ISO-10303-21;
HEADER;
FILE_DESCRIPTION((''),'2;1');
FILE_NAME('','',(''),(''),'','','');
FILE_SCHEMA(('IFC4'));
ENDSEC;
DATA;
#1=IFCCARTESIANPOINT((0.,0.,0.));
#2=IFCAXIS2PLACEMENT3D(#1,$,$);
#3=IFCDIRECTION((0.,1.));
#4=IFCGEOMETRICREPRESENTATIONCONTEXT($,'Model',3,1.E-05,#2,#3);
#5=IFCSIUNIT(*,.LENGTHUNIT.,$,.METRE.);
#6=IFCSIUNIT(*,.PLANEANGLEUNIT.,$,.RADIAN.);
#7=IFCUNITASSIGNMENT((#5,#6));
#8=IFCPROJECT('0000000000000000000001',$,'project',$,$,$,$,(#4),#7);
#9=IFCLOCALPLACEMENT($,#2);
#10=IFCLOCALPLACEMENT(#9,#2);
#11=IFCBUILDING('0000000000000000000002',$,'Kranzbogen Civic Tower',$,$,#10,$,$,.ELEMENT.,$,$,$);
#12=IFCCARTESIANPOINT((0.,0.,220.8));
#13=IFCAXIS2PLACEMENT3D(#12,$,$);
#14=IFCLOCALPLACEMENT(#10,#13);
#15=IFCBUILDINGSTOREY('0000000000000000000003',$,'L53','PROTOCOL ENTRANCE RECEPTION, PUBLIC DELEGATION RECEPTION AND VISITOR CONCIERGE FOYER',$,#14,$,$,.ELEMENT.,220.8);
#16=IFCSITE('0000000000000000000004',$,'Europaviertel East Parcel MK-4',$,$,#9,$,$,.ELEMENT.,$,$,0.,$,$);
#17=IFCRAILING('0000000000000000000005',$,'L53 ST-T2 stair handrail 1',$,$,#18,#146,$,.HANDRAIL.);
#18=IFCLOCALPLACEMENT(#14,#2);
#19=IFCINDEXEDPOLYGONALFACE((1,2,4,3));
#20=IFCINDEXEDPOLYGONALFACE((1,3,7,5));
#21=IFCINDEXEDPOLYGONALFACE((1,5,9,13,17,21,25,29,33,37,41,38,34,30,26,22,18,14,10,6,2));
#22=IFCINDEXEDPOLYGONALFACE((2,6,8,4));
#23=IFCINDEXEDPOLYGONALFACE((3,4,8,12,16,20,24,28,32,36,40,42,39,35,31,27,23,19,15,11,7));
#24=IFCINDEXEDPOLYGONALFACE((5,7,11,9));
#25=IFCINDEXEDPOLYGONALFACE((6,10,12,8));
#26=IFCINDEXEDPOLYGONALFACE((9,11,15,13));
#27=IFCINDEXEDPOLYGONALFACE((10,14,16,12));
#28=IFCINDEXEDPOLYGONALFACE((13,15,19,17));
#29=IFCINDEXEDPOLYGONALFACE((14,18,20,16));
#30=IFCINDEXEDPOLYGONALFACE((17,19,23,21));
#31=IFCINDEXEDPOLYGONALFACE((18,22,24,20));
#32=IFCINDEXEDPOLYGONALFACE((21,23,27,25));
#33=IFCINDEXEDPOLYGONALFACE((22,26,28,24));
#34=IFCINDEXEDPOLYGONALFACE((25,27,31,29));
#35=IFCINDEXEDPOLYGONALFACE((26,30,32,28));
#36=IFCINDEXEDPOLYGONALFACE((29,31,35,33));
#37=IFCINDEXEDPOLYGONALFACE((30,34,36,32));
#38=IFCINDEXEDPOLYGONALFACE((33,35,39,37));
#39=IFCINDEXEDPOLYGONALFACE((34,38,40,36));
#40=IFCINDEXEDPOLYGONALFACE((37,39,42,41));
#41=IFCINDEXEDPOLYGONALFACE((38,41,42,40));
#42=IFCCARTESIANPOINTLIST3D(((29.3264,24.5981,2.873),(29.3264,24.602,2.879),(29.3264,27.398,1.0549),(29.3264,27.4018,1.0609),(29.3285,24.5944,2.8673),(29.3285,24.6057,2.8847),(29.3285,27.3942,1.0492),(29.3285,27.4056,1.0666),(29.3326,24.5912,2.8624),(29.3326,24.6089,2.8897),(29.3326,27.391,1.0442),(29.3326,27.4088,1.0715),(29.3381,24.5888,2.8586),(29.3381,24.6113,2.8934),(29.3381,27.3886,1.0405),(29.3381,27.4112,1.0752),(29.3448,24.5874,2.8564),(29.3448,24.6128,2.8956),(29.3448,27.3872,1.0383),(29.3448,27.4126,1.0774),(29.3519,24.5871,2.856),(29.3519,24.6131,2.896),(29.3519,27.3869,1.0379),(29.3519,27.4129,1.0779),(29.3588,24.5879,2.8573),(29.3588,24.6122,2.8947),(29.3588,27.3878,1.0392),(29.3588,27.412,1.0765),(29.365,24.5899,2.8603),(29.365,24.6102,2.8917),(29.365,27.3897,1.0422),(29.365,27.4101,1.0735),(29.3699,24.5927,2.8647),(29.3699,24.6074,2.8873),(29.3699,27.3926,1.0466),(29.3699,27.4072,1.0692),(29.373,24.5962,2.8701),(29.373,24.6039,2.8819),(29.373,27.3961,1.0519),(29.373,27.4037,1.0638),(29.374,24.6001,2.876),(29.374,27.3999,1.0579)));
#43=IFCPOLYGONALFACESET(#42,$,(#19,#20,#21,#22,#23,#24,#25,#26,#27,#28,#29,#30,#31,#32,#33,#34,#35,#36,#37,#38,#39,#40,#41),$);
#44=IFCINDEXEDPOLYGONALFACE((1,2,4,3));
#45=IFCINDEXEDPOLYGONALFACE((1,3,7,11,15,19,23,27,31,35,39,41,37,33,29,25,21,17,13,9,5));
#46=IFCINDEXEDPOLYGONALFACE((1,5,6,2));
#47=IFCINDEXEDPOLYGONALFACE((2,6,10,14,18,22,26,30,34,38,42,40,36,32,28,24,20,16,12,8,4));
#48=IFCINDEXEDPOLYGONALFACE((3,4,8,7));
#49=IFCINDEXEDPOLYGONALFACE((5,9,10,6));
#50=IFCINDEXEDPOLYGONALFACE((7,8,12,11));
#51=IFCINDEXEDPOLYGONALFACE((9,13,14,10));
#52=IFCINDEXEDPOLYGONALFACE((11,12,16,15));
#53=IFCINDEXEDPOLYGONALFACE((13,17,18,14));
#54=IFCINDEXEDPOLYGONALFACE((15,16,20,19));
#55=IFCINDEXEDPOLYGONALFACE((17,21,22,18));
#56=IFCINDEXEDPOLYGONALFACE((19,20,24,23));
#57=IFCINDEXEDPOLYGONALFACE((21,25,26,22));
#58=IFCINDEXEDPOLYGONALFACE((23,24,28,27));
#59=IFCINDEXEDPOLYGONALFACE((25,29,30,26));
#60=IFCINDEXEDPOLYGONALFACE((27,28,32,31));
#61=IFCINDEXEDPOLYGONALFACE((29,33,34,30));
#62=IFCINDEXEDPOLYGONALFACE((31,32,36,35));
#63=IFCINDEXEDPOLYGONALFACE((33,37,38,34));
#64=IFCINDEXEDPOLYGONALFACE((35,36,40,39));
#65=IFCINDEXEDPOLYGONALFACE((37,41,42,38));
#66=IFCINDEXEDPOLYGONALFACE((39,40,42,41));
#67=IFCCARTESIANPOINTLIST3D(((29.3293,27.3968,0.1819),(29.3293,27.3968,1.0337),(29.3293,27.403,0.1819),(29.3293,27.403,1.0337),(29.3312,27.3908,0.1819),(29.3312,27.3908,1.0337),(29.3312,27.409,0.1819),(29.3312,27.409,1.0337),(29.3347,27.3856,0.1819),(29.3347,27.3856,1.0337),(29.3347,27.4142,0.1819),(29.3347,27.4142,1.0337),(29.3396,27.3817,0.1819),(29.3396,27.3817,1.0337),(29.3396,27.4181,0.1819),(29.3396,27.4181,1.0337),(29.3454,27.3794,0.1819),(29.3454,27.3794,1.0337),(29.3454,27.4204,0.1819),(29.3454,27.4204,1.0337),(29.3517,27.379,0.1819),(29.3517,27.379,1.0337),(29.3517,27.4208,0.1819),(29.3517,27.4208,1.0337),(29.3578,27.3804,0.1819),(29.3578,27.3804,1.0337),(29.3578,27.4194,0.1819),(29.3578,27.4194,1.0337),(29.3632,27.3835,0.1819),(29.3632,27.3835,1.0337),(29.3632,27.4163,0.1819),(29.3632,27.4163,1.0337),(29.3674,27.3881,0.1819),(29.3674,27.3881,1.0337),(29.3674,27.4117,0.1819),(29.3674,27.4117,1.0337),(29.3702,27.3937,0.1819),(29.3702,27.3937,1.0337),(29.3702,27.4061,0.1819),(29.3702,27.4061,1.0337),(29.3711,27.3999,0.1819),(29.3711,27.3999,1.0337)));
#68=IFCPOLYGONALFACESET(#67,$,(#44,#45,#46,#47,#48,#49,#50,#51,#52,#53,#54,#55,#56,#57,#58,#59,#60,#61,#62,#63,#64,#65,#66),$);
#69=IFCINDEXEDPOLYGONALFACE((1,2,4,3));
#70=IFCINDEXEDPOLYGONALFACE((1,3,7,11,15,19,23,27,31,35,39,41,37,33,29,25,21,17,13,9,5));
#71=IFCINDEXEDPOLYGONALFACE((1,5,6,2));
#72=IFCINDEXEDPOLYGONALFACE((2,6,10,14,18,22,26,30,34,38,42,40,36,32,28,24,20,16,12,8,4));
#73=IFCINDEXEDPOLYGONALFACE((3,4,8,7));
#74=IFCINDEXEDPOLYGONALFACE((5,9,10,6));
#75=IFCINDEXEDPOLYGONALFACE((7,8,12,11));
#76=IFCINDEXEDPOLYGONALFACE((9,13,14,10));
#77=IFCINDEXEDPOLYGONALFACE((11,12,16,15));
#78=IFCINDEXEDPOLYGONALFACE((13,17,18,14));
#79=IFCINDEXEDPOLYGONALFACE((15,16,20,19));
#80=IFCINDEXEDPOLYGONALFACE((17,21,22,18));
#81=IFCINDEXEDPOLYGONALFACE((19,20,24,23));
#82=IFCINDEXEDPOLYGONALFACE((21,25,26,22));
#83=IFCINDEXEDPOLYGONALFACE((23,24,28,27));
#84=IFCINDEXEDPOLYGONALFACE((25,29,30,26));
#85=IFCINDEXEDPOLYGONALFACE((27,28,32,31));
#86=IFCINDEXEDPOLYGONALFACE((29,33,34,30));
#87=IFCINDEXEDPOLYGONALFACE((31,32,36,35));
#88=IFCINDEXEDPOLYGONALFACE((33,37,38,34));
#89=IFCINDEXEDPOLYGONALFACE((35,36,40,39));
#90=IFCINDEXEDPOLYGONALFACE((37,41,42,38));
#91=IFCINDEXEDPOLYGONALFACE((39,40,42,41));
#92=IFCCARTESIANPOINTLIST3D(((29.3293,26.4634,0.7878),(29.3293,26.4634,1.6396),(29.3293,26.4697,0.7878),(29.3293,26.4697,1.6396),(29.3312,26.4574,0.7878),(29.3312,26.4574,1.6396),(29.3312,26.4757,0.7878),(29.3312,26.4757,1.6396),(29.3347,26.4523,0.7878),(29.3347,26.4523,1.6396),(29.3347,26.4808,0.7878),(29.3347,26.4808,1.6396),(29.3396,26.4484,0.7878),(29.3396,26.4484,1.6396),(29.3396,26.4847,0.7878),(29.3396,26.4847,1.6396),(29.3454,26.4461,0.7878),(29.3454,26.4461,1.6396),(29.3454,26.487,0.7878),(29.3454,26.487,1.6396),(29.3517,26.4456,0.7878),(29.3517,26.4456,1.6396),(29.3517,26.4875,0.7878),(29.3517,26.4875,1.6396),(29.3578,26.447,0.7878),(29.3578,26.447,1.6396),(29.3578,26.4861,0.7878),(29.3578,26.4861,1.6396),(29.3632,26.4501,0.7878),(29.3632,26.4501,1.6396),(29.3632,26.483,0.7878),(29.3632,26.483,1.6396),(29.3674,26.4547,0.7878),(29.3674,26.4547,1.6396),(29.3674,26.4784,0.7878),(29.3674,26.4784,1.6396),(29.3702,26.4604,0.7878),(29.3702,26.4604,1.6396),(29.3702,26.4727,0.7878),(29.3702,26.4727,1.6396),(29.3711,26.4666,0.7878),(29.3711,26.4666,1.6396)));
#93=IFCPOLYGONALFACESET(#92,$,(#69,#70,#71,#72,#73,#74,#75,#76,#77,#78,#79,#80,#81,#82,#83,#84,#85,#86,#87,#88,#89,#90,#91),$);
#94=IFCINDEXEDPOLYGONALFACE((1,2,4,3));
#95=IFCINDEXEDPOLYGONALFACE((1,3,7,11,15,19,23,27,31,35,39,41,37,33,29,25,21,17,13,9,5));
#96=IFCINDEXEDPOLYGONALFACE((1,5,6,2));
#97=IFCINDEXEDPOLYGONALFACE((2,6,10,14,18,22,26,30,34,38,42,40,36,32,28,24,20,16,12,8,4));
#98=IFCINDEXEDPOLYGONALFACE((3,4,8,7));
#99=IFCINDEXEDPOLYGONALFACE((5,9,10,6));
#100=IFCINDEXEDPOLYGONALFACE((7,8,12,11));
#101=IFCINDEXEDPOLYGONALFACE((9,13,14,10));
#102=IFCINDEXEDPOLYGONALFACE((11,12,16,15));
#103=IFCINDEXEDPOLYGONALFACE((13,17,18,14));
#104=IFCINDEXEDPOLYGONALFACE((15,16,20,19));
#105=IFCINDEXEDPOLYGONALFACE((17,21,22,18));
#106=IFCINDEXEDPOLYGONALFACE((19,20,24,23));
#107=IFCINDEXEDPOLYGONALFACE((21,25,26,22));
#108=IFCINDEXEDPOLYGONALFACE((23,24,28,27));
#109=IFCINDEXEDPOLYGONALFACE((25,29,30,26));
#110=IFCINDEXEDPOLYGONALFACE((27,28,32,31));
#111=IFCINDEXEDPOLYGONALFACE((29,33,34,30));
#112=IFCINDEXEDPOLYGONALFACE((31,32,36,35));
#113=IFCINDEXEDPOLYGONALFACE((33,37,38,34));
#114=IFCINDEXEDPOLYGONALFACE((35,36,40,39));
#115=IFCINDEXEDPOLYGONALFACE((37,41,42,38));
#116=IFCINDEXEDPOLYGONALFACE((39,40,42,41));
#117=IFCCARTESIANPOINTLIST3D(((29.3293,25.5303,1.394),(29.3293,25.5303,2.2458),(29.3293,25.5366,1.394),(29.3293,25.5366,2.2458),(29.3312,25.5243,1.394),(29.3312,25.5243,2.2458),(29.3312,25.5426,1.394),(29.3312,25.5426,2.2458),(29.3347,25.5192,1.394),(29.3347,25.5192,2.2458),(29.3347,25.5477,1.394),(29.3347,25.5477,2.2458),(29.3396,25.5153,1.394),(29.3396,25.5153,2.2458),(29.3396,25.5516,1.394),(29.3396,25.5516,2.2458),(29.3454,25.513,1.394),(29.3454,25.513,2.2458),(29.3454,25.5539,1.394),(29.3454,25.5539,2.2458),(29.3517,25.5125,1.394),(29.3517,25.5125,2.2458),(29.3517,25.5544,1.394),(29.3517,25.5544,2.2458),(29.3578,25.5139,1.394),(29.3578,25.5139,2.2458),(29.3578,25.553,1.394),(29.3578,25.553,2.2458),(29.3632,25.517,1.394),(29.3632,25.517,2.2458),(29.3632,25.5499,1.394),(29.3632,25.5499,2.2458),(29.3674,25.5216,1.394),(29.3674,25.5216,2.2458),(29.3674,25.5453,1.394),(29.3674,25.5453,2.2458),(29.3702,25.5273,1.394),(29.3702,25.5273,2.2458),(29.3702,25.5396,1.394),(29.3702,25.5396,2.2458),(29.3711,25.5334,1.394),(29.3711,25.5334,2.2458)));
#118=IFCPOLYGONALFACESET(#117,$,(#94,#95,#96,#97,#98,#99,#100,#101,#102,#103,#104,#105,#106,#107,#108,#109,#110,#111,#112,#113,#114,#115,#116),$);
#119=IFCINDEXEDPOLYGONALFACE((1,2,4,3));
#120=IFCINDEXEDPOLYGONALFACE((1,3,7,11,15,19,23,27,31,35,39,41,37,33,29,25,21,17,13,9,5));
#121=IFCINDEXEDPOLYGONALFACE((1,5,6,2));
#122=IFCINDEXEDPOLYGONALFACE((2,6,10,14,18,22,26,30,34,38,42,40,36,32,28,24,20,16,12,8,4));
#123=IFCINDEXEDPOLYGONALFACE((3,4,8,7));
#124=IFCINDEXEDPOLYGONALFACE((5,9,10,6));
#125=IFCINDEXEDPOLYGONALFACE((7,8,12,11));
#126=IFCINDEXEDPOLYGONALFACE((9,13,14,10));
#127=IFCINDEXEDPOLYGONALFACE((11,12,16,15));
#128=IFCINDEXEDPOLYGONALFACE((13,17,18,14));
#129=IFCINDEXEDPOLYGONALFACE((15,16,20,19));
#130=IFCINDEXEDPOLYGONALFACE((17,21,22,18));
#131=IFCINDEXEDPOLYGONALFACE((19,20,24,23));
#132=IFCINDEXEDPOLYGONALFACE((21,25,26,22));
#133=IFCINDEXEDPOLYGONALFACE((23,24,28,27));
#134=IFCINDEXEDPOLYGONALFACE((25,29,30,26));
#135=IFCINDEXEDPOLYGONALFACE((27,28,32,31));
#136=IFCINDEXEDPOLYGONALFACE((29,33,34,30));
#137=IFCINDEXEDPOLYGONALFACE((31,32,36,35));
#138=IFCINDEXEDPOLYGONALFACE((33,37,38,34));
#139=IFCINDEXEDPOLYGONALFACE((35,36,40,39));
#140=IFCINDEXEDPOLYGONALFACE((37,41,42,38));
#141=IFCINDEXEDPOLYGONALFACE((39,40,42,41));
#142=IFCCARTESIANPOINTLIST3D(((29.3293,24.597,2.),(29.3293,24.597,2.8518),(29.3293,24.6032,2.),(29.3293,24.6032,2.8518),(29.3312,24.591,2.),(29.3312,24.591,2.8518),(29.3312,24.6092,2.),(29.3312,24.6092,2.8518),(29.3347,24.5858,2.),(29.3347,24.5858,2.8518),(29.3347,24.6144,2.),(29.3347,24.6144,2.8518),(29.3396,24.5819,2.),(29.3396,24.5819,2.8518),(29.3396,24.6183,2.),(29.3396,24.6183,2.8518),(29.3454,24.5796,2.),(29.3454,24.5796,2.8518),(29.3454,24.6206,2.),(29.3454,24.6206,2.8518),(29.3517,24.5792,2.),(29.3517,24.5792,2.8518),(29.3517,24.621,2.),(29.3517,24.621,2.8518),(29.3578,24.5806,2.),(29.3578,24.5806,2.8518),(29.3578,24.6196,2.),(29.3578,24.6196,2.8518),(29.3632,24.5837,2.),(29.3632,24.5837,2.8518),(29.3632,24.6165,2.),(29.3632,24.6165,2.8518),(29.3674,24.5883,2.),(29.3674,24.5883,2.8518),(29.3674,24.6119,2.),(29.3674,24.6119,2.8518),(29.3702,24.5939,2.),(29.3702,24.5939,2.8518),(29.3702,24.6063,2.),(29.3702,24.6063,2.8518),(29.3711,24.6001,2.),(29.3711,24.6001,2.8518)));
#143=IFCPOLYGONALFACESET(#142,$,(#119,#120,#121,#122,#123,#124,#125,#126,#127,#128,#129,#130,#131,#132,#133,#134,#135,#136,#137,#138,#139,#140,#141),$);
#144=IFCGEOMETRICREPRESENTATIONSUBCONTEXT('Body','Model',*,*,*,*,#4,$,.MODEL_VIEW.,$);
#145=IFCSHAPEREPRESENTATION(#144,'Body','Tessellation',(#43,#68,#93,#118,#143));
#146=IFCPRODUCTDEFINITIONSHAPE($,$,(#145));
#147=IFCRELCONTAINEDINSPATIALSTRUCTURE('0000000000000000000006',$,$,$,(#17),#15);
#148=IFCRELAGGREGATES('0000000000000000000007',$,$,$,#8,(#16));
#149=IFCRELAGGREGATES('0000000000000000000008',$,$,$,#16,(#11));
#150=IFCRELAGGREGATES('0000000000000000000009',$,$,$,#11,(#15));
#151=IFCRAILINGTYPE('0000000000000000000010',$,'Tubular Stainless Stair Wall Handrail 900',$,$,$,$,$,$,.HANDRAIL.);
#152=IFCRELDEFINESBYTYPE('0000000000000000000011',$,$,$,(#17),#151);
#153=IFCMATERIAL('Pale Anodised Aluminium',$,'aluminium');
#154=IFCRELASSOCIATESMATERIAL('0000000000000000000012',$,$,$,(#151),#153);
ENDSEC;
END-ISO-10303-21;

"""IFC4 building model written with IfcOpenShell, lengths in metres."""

from ifc_helpers import new_model, si_unit, direction, frame, origin, origin_2d, place, context, subcontext, project, spatial, circle, extrude, material, type_object, element, save


model = new_model("IFC4")

# Units and contexts
model_context = context("Model", 3, precision=1e-05, world=origin(), true_north=direction((0.0, 1.0)))
body_context = subcontext(model_context, "Body", "Model", "MODEL_VIEW")
ifc_project = project(units=[si_unit("LENGTHUNIT", "METRE"), si_unit("PLANEANGLEUNIT", "RADIAN")], contexts=[model_context])

# Site, building, storey
site_placement = place(None, origin())
site = spatial("IfcSite", under=ifc_project, at=site_placement, Name="Europaviertel East Parcel MK-4", CompositionType="ELEMENT", RefElevation=0.0)
building_placement = place(site_placement, origin())
building = spatial("IfcBuilding", under=site, at=building_placement, Name="Kranzbogen Civic Tower", CompositionType="ELEMENT")
storey_placement = place(building_placement, frame((0.0, 0.0, 220.8)))
storey = spatial("IfcBuildingStorey", under=building, at=storey_placement, Name="L53", Description="PROTOCOL ENTRANCE RECEPTION, PUBLIC DELEGATION RECEPTION AND VISITOR CONCIERGE FOYER", CompositionType="ELEMENT", Elevation=220.8)

# Shared definitions
ifc_material_1 = material(Name="Pale Anodised Aluminium", Category="aluminium")

# Railing
railing_type_1 = type_object("IfcRailingType", Name="Tubular Stainless Stair Wall Handrail 900", PredefinedType="HANDRAIL", material=ifc_material_1)
railing_1_placement = place(storey_placement, frame((29.3501, 27.3999, 0.1819)))
element("IfcRailing", 1, at=railing_1_placement, inside=storey, type_object=railing_type_1, Name="L53 ST-T2 stair handrail 1", PredefinedType="HANDRAIL", context=body_context, shape_type="SweptSolid", body=[
    extrude(circle(Radius=0.0239, at=origin_2d()), frame((0.0, 0.0, 0.876), z_axis=(0.0, -0.838684, 0.544618), x_axis=(1.0, 0.0, 0.0)), (0.0, 0.0, 1.0), 3.3384),
    extrude(circle(Radius=0.021, at=origin_2d()), origin(), (0.0, 0.0, 1.0), 0.8518),
    extrude(circle(Radius=0.021, at=origin_2d()), frame((0.0, -0.9333, 0.606)), (0.0, 0.0, 1.0), 0.8518),
    extrude(circle(Radius=0.021, at=origin_2d()), frame((0.0, -1.8665, 1.2122)), (0.0, 0.0, 1.0), 0.8518),
    extrude(circle(Radius=0.021, at=origin_2d()), frame((0.0, -2.7998, 1.8181)), (0.0, 0.0, 1.0), 0.8518),
])

save(model, "model.ifc")
